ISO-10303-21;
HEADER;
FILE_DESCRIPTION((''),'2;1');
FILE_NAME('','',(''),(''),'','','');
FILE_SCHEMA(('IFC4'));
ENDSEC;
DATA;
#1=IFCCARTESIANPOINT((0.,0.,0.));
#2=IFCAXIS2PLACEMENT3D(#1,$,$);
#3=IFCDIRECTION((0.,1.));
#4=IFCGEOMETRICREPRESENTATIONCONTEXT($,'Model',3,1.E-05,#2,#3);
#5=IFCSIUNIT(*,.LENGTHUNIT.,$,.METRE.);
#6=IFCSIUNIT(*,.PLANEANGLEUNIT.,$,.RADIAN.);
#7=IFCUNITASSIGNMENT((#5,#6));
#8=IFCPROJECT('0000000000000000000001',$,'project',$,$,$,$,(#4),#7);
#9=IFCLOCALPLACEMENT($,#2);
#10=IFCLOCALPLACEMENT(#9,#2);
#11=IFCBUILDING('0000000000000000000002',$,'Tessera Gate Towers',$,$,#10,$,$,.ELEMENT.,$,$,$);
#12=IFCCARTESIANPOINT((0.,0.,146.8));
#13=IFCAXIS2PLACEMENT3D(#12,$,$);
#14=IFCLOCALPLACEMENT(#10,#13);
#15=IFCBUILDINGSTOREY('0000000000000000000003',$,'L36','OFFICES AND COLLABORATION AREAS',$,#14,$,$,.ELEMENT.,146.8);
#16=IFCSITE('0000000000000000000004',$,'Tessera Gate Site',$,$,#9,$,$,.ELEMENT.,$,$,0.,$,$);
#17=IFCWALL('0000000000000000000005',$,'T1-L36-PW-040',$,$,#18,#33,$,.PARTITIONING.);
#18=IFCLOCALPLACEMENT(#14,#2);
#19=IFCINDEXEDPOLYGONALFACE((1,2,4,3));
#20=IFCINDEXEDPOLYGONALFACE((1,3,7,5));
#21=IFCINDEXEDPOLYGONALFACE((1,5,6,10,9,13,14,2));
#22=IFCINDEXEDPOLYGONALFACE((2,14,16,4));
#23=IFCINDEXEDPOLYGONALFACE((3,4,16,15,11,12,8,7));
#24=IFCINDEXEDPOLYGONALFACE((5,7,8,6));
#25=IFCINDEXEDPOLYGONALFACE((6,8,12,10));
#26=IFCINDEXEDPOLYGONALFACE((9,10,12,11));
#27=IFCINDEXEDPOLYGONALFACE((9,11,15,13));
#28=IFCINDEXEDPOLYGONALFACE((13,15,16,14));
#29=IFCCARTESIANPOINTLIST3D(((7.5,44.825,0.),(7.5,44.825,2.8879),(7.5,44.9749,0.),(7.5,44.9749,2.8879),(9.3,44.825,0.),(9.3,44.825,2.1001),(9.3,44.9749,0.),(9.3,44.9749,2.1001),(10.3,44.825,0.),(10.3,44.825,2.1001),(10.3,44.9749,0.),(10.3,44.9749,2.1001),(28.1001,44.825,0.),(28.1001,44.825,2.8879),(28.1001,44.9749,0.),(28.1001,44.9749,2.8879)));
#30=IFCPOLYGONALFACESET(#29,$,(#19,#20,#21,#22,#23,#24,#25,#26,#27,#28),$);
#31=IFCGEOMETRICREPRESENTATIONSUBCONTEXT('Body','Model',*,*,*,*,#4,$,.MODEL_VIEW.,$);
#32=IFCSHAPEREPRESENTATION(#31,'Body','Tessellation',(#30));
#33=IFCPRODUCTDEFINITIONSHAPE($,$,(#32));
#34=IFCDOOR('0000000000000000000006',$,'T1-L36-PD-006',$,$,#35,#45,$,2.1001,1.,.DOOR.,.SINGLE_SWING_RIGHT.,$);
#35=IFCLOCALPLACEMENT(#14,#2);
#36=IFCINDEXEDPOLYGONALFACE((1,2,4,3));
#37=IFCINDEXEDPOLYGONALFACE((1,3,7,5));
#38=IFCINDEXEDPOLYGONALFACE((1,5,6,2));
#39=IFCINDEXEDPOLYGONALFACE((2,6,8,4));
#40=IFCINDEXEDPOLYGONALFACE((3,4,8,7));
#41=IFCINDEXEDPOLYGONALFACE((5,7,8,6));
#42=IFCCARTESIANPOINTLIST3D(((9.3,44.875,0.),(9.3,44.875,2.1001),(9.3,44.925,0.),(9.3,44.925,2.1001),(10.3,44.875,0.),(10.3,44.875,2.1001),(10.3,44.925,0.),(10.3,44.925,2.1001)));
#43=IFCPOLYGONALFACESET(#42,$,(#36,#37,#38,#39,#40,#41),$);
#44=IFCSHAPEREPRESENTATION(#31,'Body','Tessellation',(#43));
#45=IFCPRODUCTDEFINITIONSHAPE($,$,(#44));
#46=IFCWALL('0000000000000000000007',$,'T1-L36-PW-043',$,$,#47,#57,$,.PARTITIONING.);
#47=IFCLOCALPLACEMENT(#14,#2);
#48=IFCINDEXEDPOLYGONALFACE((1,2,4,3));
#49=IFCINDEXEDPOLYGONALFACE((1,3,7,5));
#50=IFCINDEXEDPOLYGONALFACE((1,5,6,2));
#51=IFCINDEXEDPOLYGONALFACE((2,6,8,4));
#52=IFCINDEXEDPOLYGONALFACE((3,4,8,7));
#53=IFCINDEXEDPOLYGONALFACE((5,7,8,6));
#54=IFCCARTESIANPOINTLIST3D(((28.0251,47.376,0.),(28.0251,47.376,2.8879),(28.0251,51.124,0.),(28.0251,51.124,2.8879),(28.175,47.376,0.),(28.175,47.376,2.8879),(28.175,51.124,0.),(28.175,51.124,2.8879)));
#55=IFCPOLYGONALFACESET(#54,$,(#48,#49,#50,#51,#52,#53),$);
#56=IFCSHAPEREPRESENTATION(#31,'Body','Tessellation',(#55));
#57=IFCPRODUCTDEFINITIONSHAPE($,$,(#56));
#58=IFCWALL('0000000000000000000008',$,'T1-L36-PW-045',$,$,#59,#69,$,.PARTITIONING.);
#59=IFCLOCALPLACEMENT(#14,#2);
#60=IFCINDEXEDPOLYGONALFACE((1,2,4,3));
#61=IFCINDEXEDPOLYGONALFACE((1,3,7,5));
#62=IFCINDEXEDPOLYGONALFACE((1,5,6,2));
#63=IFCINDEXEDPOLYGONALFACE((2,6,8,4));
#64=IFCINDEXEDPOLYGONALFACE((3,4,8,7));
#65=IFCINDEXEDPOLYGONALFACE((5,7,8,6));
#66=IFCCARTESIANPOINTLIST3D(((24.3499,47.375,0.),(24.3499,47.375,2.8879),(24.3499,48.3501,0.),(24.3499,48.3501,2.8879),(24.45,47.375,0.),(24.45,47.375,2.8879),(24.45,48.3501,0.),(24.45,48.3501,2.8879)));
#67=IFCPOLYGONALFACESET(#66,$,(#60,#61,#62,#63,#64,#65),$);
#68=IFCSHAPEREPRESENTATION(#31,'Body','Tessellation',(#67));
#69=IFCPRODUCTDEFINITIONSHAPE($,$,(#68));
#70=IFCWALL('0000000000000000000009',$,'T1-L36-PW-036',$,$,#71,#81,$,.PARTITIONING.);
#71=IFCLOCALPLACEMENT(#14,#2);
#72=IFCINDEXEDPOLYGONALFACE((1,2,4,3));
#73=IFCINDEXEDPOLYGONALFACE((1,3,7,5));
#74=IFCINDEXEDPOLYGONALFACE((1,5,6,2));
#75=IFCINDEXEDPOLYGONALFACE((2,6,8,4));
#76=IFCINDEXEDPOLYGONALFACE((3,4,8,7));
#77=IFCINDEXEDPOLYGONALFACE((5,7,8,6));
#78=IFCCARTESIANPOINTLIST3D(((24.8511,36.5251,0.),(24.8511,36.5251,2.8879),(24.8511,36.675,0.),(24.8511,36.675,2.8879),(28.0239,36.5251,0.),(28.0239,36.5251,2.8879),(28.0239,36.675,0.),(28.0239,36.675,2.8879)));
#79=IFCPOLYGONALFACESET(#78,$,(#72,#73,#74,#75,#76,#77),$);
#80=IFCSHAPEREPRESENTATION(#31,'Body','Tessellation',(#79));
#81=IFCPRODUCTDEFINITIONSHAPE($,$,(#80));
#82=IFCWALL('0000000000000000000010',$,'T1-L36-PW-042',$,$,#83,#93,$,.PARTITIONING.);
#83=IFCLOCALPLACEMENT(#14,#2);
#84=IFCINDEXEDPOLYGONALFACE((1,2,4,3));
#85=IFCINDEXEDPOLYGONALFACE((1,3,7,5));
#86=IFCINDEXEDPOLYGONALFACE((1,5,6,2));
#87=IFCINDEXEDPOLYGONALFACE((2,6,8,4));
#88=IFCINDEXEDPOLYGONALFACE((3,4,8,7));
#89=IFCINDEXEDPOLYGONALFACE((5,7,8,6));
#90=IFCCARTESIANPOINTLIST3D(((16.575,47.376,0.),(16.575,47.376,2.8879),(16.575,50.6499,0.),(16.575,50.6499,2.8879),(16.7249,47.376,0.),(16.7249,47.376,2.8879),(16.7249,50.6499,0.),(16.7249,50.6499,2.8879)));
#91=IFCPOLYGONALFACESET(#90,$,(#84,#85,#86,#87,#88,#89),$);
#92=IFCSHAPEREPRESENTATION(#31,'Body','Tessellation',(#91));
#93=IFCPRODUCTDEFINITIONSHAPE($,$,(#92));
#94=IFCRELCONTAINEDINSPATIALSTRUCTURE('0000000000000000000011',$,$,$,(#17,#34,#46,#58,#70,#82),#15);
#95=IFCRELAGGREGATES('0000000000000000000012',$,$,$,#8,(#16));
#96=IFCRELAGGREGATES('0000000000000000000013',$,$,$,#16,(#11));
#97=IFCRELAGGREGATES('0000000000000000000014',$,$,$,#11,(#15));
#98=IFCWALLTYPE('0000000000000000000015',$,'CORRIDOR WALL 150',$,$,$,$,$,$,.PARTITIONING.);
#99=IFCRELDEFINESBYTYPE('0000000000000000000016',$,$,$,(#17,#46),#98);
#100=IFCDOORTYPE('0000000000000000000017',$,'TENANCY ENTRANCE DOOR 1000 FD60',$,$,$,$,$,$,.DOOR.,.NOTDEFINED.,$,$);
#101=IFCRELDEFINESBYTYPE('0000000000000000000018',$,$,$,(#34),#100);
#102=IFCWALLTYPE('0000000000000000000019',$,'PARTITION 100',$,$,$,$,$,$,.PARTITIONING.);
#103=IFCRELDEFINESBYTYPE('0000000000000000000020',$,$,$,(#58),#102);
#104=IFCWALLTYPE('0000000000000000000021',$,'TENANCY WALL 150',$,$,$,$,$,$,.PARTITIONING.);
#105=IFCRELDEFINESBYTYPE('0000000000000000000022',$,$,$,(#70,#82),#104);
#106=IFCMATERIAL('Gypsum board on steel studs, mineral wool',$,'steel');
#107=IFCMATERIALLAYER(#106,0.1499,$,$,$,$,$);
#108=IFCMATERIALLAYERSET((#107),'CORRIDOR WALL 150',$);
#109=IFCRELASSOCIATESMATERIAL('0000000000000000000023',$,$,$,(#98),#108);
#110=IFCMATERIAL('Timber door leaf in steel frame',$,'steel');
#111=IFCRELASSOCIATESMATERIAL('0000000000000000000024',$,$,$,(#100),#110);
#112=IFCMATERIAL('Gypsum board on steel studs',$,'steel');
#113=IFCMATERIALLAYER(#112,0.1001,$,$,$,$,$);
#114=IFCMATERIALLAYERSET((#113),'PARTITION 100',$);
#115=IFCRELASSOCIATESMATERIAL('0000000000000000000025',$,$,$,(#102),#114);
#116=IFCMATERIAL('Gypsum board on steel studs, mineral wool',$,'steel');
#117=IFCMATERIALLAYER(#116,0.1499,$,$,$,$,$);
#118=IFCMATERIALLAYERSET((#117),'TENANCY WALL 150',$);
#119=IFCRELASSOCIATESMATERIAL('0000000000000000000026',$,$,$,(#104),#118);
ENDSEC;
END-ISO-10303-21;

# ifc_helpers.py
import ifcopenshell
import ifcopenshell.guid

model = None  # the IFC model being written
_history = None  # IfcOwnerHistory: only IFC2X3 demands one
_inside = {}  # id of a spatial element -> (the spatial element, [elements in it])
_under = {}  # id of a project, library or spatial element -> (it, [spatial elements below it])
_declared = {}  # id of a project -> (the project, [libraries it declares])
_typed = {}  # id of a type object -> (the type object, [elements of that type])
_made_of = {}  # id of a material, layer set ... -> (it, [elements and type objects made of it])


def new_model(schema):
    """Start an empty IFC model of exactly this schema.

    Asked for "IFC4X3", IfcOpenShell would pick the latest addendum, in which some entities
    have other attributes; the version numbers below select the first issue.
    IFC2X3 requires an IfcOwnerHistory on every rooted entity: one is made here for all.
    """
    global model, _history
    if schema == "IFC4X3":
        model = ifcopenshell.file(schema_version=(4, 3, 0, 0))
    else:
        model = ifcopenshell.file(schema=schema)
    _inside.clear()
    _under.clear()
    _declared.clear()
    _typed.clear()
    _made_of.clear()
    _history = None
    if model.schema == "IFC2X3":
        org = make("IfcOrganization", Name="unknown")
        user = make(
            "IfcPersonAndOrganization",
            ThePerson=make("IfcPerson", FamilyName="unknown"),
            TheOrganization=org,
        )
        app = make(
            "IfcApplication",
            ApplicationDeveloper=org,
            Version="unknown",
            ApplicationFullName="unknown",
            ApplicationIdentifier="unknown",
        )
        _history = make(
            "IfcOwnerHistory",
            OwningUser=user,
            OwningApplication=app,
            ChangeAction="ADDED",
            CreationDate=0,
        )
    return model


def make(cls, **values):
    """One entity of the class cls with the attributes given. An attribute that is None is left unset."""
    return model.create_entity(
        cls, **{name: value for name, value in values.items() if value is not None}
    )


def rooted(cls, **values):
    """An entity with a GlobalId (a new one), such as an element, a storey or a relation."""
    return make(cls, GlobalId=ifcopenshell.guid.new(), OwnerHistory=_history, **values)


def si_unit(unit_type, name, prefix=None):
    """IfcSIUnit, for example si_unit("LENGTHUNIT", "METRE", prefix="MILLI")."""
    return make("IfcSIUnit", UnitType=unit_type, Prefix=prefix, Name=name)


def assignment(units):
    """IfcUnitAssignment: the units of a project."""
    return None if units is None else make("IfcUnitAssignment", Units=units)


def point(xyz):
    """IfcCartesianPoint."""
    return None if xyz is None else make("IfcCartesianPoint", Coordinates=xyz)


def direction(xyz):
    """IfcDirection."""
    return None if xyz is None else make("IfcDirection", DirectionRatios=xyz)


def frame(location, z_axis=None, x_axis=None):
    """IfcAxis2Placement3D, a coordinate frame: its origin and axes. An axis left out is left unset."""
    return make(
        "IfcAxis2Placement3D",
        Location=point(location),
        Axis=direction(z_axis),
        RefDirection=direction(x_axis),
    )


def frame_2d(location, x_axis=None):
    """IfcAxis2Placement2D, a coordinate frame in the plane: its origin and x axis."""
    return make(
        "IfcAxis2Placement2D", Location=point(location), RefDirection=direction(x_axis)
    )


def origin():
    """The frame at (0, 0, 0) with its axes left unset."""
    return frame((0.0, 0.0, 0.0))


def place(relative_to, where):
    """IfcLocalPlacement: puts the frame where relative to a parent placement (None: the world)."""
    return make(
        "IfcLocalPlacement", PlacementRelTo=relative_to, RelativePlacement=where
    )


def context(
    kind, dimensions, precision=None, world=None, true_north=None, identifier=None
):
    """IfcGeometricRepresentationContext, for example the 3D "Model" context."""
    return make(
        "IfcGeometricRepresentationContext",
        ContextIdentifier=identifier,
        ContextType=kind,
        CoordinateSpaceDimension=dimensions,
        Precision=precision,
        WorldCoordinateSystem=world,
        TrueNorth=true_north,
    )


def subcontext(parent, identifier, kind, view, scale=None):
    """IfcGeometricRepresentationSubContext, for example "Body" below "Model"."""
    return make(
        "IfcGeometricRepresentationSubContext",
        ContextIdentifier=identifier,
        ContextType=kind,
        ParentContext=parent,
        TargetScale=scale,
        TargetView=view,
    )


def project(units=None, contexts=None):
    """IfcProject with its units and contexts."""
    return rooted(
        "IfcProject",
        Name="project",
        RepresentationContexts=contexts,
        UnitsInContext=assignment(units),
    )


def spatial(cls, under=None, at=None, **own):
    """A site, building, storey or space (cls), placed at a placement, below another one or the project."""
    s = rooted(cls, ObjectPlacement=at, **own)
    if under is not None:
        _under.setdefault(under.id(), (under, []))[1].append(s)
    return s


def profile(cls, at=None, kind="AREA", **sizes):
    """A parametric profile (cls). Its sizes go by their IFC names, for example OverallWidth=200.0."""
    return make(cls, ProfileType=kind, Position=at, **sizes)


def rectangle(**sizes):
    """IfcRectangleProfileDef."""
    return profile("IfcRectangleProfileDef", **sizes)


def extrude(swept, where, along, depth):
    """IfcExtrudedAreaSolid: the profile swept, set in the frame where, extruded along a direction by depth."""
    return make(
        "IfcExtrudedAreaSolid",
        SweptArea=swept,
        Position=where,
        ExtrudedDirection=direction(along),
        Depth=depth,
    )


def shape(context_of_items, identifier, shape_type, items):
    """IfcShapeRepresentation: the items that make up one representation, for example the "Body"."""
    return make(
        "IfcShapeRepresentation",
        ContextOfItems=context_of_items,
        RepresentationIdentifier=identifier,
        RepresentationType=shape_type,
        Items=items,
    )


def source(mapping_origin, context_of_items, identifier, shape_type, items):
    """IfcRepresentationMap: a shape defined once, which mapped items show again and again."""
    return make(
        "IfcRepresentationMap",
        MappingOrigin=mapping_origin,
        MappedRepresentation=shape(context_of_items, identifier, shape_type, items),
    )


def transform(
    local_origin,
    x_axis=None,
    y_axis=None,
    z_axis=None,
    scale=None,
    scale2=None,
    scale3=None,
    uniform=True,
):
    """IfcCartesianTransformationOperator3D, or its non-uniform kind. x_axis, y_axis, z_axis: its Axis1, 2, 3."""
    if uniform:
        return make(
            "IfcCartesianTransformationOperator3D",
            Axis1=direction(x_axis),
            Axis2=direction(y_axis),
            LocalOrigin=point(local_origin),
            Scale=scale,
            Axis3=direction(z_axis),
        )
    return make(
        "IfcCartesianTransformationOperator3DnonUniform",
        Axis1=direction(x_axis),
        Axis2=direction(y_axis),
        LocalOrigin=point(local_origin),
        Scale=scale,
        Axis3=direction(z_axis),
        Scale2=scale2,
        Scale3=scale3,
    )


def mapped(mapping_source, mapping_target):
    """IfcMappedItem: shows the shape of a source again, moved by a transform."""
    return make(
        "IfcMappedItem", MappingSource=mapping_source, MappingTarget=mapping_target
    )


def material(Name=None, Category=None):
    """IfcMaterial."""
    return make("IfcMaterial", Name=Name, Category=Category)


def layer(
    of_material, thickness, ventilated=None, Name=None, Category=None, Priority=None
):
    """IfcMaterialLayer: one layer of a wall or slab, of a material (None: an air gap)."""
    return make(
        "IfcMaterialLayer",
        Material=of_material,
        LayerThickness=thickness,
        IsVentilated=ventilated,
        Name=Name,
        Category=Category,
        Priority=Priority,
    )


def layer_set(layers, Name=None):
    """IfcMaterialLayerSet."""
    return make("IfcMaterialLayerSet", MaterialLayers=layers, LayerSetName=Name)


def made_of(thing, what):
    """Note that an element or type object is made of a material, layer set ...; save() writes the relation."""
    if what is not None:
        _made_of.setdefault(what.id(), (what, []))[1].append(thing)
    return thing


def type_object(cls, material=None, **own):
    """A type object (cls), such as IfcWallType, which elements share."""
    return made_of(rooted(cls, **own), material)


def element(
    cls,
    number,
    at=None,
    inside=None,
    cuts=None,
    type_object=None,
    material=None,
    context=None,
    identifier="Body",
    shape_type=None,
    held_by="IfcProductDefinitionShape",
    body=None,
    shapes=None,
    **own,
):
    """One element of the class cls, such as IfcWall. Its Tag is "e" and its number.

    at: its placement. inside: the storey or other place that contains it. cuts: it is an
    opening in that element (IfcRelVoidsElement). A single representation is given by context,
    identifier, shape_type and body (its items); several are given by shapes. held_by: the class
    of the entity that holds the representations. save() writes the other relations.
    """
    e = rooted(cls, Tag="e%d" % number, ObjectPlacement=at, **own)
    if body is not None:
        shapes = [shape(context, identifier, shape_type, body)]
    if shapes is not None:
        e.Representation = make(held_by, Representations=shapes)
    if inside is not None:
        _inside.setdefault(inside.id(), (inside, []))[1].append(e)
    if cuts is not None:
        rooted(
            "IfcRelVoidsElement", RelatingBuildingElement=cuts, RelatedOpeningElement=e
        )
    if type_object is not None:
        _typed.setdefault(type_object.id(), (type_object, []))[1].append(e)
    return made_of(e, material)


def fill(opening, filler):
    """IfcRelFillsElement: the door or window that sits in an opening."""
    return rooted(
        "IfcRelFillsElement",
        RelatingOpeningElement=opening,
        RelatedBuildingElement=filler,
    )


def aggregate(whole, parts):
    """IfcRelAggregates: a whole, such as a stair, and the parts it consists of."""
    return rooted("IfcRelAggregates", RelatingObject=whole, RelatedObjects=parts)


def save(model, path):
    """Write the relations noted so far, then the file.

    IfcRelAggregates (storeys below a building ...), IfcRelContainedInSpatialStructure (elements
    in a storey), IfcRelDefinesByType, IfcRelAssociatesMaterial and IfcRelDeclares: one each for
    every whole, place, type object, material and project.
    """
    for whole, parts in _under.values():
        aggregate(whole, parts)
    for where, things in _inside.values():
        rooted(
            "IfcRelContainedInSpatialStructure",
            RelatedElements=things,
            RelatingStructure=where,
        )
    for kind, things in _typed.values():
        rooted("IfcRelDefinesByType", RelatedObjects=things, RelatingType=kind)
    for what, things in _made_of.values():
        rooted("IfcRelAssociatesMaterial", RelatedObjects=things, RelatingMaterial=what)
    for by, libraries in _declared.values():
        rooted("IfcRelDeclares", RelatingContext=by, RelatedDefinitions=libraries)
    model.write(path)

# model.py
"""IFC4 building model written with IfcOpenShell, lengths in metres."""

from ifc_helpers import new_model, si_unit, direction, frame, frame_2d, origin, place, context, subcontext, project, spatial, rectangle, extrude, source, transform, mapped, material, layer, layer_set, type_object, element, fill, save


model = new_model("IFC4")

# Units and contexts
model_context = context("Model", 3, precision=1e-05, world=origin(), true_north=direction((0.0, 1.0)))
body_context = subcontext(model_context, "Body", "Model", "MODEL_VIEW")
ifc_project = project(units=[si_unit("LENGTHUNIT", "METRE"), si_unit("PLANEANGLEUNIT", "RADIAN")], contexts=[model_context])

# Site, building, storey
site_placement = place(None, origin())
site = spatial("IfcSite", under=ifc_project, at=site_placement, Name="Tessera Gate Site", CompositionType="ELEMENT", RefElevation=0.0)
building_placement = place(site_placement, origin())
building = spatial("IfcBuilding", under=site, at=building_placement, Name="Tessera Gate Towers", CompositionType="ELEMENT")
storey_placement = place(building_placement, frame((0.0, 0.0, 146.8)))
storey = spatial("IfcBuildingStorey", under=building, at=storey_placement, Name="L36", Description="OFFICES AND COLLABORATION AREAS", CompositionType="ELEMENT", Elevation=146.8)

# Wall, opening, door
ifc_material_1 = material(Name="Gypsum board on steel studs, mineral wool", Category="steel")
ifc_layer_1 = layer(ifc_material_1, 0.1499)
ifc_layer_set_1 = layer_set([ifc_layer_1], Name="CORRIDOR WALL 150")
wall_type_1 = type_object("IfcWallType", Name="CORRIDOR WALL 150", PredefinedType="PARTITIONING", material=ifc_layer_set_1)
wall_1_placement = place(storey_placement, frame((28.1001, 44.8999, 0.0), z_axis=(0.0, 0.0, 1.0), x_axis=(-1.0, 0.0, 0.0)))
wall_1 = element("IfcWall", 1, at=wall_1_placement, inside=storey, type_object=wall_type_1, Name="T1-L36-PW-040", PredefinedType="PARTITIONING", context=body_context, shape_type="SweptSolid", body=[
    extrude(rectangle(XDim=20.6001, YDim=0.1499, at=frame_2d((10.3, 0.0))), origin(), (0.0, 0.0, 1.0), 2.8879),
])
shared_shape_1 = source(origin(), body_context, "Body", "SweptSolid", [
    extrude(rectangle(XDim=1.0, YDim=2.1001, at=frame_2d((0.5, 1.05))), frame((0.0, 0.085, 0.0), z_axis=(0.0, -1.0, 0.0), x_axis=(1.0, 0.0, 0.0)), (0.0, 0.0, 1.0), 0.1699),
])
opening_1_placement = place(wall_1_placement, frame((17.8, 0.0, 0.0)))
opening_1 = element("IfcOpeningElement", 2, at=opening_1_placement, cuts=wall_1, PredefinedType="OPENING", context=body_context, shape_type="MappedRepresentation", body=[
    mapped(shared_shape_1, transform((0.0, 0.0, 0.0), scale=1.0)),
])
ifc_material_2 = material(Name="Timber door leaf in steel frame", Category="steel")
door_type_1 = type_object("IfcDoorType", Name="TENANCY ENTRANCE DOOR 1000 FD60", OperationType="NOTDEFINED", PredefinedType="DOOR", material=ifc_material_2)
shared_shape_2 = source(origin(), body_context, "Body", "SweptSolid", [
    extrude(rectangle(XDim=1.0, YDim=2.1001, at=frame_2d((0.5, 1.05))), frame((0.0, 0.0249, 0.0), z_axis=(0.0, -1.0, 0.0), x_axis=(1.0, 0.0, 0.0)), (0.0, 0.0, 1.0), 0.05),
])
door_1_placement = place(opening_1_placement, origin())
door_1 = element("IfcDoor", 3, at=door_1_placement, inside=storey, type_object=door_type_1, Name="T1-L36-PD-006", OperationType="SINGLE_SWING_RIGHT", OverallHeight=2.1001, OverallWidth=1.0, PredefinedType="DOOR", context=body_context, shape_type="MappedRepresentation", body=[
    mapped(shared_shape_2, transform((0.0, 0.0, 0.0), scale=1.0)),
])
fill(opening_1, door_1)

# Walls
wall_2_placement = place(storey_placement, frame((28.1001, 47.376, 0.0), z_axis=(0.0, 0.0, 1.0), x_axis=(0.0, 1.0, 0.0)))
element("IfcWall", 4, at=wall_2_placement, inside=storey, type_object=wall_type_1, Name="T1-L36-PW-043", PredefinedType="PARTITIONING", context=body_context, shape_type="SweptSolid", body=[
    extrude(rectangle(XDim=3.748, YDim=0.1499, at=frame_2d((1.874, 0.0))), origin(), (0.0, 0.0, 1.0), 2.8879),
])
ifc_material_3 = material(Name="Gypsum board on steel studs", Category="steel")
ifc_layer_2 = layer(ifc_material_3, 0.1001)
ifc_layer_set_2 = layer_set([ifc_layer_2], Name="PARTITION 100")
wall_type_2 = type_object("IfcWallType", Name="PARTITION 100", PredefinedType="PARTITIONING", material=ifc_layer_set_2)
wall_3_placement = place(storey_placement, frame((24.3999, 48.3501, 0.0), z_axis=(0.0, 0.0, 1.0), x_axis=(0.0, -1.0, 0.0)))
element("IfcWall", 5, at=wall_3_placement, inside=storey, type_object=wall_type_2, Name="T1-L36-PW-045", PredefinedType="PARTITIONING", context=body_context, shape_type="SweptSolid", body=[
    extrude(rectangle(XDim=0.9751, YDim=0.1001, at=frame_2d((0.4875, 0.0))), origin(), (0.0, 0.0, 1.0), 2.8879),
])
ifc_material_4 = material(Name="Gypsum board on steel studs, mineral wool", Category="steel")
ifc_layer_3 = layer(ifc_material_4, 0.1499)
ifc_layer_set_3 = layer_set([ifc_layer_3], Name="TENANCY WALL 150")
wall_type_3 = type_object("IfcWallType", Name="TENANCY WALL 150", PredefinedType="PARTITIONING", material=ifc_layer_set_3)
wall_4_placement = place(storey_placement, frame((24.8511, 36.6001, 0.0), z_axis=(0.0, 0.0, 1.0), x_axis=(1.0, 0.0, 0.0)))
element("IfcWall", 6, at=wall_4_placement, inside=storey, type_object=wall_type_3, Name="T1-L36-PW-036", PredefinedType="PARTITIONING", context=body_context, shape_type="SweptSolid", body=[
    extrude(rectangle(XDim=3.1729, YDim=0.1499, at=frame_2d((1.5864, 0.0))), origin(), (0.0, 0.0, 1.0), 2.8879),
])
wall_5_placement = place(storey_placement, frame((16.6499, 47.376, 0.0), z_axis=(0.0, 0.0, 1.0), x_axis=(0.0, 1.0, 0.0)))
element("IfcWall", 7, at=wall_5_placement, inside=storey, type_object=wall_type_3, Name="T1-L36-PW-042", PredefinedType="PARTITIONING", context=body_context, shape_type="SweptSolid", body=[
    extrude(rectangle(XDim=3.2739, YDim=0.1499, at=frame_2d((1.637, 0.0))), origin(), (0.0, 0.0, 1.0), 2.8879),
])

save(model, "model.ifc")
